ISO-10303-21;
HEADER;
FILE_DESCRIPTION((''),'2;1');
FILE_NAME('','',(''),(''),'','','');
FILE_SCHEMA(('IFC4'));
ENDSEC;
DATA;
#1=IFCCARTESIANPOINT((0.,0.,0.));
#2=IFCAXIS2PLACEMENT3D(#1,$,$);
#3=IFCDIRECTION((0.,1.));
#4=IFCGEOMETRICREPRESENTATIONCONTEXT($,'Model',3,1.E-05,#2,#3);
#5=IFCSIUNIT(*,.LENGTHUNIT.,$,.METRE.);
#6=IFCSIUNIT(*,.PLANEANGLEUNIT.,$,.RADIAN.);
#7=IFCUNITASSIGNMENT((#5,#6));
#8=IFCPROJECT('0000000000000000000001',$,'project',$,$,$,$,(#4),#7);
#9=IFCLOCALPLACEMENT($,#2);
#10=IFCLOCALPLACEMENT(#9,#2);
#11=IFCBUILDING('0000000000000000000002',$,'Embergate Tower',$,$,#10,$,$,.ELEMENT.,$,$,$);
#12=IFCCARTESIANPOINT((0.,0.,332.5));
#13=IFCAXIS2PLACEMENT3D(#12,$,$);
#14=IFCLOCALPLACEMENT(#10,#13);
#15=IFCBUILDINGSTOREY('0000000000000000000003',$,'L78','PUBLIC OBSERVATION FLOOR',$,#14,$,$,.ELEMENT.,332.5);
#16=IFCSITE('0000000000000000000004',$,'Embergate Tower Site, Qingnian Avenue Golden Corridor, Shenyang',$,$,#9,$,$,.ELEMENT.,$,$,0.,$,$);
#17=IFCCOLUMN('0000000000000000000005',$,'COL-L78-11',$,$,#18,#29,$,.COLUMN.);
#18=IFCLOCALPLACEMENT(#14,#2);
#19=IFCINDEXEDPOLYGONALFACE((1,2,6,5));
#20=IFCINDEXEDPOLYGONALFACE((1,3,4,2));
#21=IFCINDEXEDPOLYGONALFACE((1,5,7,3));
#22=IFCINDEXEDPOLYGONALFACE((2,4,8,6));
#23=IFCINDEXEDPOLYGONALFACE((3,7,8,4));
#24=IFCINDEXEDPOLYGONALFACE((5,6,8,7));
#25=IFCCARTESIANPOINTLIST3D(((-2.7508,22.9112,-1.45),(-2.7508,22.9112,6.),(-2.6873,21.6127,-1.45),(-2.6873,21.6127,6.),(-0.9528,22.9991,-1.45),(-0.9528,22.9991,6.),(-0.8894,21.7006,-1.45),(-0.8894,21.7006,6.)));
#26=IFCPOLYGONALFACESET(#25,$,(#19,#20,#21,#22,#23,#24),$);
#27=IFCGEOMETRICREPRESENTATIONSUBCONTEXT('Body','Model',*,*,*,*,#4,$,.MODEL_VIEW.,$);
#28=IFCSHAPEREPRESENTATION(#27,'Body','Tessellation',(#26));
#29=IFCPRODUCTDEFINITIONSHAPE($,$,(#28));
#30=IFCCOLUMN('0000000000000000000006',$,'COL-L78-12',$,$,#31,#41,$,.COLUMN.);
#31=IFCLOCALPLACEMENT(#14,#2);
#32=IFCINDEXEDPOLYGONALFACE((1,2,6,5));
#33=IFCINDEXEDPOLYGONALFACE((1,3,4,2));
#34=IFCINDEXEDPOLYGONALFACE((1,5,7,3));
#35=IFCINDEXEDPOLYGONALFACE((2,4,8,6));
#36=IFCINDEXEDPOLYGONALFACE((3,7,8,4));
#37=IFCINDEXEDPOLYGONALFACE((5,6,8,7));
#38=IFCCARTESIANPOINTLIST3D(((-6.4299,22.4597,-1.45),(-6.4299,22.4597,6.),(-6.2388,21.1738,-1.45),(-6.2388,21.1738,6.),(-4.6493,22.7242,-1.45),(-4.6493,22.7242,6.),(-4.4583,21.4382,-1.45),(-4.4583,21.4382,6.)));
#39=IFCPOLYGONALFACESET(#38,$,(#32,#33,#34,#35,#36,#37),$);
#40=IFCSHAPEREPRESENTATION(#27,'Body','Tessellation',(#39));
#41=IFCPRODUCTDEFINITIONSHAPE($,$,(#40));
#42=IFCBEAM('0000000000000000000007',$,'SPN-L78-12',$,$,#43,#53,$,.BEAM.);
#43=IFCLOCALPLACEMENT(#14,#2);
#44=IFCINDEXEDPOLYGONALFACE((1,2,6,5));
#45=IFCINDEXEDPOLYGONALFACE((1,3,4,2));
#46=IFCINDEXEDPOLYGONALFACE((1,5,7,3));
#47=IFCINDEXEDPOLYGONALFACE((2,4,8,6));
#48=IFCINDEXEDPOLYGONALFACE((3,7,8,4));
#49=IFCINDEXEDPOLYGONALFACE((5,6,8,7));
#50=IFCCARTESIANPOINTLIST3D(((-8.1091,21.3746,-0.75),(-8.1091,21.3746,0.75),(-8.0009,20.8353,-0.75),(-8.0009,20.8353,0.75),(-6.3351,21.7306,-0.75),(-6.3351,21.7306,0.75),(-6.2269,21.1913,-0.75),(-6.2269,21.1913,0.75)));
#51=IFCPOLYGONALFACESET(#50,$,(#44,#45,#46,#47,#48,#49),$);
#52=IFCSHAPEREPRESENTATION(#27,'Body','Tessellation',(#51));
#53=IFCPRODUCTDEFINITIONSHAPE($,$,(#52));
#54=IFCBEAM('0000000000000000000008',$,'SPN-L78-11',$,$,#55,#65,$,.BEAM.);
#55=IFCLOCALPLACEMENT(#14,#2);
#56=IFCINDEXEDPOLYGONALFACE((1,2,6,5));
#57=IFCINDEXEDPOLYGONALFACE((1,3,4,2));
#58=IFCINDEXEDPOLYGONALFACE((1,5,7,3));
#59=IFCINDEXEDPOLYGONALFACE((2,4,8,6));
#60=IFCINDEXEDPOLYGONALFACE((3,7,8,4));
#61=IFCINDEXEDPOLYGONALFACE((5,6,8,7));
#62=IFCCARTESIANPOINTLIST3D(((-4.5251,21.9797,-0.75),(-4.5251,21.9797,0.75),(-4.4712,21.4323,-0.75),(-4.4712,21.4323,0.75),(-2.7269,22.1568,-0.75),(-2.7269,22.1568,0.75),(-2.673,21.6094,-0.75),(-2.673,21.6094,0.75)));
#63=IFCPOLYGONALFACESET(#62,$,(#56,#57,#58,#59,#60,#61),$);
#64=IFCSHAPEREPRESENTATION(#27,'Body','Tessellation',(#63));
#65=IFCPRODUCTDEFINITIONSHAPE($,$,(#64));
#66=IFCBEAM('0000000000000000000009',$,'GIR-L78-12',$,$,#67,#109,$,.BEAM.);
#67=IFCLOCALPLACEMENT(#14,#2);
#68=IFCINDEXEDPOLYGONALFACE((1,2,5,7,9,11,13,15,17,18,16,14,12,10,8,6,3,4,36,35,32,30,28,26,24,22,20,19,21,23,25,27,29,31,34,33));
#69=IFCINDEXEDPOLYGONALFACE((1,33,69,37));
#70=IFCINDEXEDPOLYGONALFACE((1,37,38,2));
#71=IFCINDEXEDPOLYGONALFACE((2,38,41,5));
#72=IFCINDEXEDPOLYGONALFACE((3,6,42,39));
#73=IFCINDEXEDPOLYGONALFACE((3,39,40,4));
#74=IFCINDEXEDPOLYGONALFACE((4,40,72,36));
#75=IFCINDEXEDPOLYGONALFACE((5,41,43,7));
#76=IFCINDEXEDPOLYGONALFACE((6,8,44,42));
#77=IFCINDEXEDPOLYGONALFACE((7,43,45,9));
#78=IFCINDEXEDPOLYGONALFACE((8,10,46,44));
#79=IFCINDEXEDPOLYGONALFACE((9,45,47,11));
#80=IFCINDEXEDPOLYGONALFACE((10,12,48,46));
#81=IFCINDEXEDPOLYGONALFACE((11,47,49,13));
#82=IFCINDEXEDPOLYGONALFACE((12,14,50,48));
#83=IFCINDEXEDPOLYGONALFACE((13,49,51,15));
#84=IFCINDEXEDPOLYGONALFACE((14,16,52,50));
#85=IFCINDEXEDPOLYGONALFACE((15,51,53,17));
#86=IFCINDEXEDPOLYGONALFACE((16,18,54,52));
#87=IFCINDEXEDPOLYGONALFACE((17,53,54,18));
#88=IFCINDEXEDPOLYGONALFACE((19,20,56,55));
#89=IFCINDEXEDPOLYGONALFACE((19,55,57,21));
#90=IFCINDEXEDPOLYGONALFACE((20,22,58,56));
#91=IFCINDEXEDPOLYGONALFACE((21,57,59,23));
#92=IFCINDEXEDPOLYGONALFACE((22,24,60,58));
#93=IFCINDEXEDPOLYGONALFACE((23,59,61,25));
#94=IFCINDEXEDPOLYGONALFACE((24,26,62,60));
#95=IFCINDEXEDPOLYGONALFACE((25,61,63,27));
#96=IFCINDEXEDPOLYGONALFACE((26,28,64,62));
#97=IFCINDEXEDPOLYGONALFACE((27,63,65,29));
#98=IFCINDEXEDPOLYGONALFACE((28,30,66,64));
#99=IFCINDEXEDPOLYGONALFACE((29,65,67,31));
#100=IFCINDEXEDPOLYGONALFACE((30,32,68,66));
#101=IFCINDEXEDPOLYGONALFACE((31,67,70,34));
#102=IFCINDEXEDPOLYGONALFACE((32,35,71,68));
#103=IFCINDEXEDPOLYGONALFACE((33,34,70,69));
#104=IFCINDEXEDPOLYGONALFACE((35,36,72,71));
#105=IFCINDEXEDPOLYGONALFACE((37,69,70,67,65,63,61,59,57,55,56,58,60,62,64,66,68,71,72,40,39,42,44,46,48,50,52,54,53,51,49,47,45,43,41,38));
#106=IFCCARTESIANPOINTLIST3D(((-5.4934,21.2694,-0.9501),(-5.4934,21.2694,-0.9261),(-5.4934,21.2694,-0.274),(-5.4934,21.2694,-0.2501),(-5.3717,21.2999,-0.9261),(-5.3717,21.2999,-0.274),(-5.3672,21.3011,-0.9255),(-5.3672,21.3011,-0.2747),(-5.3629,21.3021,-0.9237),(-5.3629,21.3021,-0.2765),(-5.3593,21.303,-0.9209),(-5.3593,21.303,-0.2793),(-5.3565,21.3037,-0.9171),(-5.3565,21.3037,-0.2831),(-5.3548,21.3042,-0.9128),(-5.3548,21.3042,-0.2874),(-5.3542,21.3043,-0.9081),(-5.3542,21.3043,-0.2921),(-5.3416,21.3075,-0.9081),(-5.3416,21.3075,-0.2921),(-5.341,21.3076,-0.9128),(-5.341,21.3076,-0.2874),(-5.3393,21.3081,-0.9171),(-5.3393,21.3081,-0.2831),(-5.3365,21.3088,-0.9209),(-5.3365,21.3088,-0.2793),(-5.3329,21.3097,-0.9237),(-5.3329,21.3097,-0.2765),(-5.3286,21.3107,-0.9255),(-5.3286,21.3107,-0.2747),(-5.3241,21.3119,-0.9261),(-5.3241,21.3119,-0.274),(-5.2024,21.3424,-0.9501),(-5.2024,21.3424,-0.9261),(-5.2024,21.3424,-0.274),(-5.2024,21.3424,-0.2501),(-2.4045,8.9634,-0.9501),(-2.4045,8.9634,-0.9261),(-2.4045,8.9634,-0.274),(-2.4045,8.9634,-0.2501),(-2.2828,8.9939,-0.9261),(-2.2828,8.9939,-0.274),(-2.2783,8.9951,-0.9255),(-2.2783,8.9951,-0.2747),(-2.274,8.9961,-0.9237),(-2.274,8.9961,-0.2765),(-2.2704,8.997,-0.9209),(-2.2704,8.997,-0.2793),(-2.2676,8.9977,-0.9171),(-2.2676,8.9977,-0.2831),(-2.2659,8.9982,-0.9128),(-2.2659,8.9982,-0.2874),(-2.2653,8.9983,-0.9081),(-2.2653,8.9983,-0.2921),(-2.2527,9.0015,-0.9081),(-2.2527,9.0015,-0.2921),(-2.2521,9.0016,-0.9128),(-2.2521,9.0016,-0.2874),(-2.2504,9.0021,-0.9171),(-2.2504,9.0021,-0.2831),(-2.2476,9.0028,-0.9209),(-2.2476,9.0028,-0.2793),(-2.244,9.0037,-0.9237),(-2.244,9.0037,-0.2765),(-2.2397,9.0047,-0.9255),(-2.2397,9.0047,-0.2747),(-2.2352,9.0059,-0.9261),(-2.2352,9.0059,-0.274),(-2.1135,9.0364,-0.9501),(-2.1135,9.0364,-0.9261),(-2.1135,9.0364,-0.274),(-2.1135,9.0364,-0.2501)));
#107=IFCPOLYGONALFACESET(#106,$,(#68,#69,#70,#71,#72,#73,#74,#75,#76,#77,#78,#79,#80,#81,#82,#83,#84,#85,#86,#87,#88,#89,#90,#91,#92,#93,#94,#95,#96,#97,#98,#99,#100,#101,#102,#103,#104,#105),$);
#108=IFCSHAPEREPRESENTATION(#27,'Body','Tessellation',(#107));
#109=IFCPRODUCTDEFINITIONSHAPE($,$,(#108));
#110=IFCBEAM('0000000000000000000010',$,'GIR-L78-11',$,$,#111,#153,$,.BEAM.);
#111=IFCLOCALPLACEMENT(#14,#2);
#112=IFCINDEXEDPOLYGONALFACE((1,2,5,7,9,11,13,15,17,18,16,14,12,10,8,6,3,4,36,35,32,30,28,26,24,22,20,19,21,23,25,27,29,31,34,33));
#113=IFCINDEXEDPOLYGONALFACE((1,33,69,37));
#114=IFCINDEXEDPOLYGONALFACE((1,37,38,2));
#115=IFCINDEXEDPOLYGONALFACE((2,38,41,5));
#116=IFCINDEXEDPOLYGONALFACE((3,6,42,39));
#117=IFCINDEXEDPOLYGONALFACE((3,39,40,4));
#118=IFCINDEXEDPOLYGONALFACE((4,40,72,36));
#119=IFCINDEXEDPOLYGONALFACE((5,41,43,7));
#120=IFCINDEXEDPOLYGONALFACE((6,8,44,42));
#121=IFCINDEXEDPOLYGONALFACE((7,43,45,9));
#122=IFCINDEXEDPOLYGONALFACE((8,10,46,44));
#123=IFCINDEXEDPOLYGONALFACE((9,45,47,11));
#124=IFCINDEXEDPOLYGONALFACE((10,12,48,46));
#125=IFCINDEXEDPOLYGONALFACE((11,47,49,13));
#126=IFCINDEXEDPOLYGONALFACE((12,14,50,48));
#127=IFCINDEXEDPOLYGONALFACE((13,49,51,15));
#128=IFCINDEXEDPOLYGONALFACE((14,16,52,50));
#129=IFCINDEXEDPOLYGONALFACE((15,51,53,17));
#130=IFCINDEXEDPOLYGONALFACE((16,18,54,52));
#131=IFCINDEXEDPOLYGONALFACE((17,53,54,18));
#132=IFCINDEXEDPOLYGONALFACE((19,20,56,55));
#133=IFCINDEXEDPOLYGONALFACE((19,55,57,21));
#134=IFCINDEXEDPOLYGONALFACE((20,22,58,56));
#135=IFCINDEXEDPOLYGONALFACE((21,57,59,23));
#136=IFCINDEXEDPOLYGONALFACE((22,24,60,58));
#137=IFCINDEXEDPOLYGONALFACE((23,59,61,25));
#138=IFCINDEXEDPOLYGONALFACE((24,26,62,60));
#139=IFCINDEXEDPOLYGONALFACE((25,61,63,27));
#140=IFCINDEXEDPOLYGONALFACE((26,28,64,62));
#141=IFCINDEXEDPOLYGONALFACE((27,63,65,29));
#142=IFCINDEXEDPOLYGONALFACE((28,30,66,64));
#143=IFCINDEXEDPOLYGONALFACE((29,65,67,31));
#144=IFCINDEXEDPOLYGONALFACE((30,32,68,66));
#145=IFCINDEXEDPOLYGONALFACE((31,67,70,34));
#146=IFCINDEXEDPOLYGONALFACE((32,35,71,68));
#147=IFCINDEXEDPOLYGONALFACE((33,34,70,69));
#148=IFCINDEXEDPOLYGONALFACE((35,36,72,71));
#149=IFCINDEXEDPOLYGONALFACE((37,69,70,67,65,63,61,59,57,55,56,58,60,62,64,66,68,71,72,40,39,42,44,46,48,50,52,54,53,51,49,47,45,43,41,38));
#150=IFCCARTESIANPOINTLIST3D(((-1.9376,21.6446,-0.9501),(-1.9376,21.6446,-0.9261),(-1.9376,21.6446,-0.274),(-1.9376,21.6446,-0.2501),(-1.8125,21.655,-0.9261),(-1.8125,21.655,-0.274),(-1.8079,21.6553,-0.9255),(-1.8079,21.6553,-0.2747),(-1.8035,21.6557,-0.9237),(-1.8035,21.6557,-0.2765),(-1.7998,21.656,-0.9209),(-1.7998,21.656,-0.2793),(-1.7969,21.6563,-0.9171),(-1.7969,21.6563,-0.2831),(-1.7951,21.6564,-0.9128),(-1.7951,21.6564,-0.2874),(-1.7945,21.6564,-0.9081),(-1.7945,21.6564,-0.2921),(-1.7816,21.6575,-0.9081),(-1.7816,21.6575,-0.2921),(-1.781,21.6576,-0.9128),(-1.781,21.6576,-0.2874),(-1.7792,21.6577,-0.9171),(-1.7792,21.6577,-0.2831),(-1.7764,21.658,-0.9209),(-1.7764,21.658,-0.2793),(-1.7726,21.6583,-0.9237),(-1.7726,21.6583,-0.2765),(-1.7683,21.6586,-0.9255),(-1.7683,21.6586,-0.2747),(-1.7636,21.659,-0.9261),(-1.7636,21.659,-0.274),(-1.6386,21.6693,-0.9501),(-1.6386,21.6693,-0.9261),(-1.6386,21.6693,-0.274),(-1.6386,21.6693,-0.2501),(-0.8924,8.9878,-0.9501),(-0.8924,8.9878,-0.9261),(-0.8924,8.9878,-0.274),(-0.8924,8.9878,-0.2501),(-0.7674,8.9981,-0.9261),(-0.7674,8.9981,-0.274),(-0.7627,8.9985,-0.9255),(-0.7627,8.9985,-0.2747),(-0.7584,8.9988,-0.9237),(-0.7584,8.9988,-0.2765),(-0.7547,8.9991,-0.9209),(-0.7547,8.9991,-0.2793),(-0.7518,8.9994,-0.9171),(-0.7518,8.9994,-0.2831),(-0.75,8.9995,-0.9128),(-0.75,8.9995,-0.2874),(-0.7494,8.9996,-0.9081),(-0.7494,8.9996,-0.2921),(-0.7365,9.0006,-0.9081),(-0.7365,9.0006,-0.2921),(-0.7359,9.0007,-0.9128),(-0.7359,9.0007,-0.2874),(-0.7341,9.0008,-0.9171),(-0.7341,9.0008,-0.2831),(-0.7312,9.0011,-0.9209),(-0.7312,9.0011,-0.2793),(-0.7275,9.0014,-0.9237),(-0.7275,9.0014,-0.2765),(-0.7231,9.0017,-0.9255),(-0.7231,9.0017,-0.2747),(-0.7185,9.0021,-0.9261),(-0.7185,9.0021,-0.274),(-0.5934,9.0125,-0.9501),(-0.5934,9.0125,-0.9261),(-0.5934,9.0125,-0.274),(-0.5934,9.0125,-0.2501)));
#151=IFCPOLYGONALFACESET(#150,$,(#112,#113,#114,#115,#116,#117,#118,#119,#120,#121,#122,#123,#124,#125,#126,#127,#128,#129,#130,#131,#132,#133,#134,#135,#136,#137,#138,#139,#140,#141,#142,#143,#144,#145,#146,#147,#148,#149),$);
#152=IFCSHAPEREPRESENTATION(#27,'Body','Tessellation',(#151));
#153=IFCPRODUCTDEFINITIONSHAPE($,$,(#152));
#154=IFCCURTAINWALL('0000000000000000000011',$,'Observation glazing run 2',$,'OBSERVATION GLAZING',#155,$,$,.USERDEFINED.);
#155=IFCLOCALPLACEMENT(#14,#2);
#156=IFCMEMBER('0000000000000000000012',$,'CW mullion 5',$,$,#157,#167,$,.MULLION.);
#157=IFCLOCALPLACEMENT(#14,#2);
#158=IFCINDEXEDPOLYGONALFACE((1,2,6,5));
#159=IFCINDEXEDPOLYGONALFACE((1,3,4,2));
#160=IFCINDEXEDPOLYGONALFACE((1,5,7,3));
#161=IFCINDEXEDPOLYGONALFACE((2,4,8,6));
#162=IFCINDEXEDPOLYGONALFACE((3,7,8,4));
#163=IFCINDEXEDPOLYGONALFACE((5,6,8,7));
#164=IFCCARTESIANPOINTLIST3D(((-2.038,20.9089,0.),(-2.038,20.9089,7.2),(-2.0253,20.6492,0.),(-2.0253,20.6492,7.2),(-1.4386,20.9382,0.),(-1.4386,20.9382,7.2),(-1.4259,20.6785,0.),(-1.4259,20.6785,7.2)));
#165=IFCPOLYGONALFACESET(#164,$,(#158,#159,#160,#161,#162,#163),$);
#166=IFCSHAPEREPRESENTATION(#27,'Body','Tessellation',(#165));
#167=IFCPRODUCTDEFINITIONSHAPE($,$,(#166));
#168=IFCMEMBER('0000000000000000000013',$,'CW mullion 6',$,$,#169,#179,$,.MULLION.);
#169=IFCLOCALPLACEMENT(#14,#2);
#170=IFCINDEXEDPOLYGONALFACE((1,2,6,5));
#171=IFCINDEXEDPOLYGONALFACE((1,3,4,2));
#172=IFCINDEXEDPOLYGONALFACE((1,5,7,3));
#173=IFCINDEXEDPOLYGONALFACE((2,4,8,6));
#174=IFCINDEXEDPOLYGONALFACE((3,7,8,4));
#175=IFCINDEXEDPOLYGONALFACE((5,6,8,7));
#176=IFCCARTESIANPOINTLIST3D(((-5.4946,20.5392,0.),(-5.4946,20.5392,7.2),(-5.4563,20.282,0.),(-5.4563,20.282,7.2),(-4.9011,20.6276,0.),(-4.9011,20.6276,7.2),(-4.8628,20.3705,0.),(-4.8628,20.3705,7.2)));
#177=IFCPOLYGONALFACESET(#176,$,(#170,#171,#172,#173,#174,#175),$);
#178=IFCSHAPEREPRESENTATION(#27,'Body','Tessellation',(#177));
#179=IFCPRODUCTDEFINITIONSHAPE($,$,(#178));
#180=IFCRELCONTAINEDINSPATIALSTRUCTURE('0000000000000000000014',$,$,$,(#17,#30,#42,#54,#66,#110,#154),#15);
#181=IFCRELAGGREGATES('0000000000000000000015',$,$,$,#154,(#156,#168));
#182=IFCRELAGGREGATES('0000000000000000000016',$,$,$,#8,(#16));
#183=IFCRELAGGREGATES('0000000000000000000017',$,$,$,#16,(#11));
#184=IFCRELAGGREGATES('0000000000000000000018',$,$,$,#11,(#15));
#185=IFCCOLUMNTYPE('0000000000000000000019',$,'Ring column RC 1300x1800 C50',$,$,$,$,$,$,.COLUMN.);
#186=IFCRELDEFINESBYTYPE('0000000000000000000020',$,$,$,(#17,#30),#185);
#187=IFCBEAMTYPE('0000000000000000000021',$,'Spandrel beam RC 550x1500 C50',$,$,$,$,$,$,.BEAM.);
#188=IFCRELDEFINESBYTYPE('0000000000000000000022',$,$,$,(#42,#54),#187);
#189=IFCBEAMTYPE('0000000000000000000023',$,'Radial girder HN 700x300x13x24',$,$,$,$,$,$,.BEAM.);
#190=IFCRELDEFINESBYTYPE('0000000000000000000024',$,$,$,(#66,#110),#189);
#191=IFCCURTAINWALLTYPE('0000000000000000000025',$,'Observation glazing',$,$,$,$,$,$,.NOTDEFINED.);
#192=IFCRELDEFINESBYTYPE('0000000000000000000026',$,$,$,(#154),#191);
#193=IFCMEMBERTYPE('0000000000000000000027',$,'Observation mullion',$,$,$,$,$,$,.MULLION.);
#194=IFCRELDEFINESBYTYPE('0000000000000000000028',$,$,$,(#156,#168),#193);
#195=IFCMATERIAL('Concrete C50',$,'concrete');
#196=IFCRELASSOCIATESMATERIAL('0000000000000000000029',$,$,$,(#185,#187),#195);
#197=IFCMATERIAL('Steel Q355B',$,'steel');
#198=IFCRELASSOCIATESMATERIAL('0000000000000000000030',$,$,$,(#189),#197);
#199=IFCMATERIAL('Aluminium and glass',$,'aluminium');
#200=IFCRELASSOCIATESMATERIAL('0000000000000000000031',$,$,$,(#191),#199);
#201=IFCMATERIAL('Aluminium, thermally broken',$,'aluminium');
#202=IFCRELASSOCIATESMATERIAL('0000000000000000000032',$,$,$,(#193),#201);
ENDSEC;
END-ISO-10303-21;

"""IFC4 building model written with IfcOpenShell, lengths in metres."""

from ifc_helpers import new_model, si_unit, direction, frame, origin, origin_2d, place, context, subcontext, project, spatial, rectangle, i_section, extrude, source, transform, mapped, material, material_profile, profile_set, type_object, element, aggregate, save


model = new_model("IFC4")

# Units and contexts
model_context = context("Model", 3, precision=1e-05, world=origin(), true_north=direction((0.0, 1.0)))
body_context = subcontext(model_context, "Body", "Model", "MODEL_VIEW")
ifc_project = project(units=[si_unit("LENGTHUNIT", "METRE"), si_unit("PLANEANGLEUNIT", "RADIAN")], contexts=[model_context])

# Site, building, storey
site_placement = place(None, origin())
site = spatial("IfcSite", under=ifc_project, at=site_placement, Name="Embergate Tower Site, Qingnian Avenue Golden Corridor, Shenyang", CompositionType="ELEMENT", RefElevation=0.0)
building_placement = place(site_placement, origin())
building = spatial("IfcBuilding", under=site, at=building_placement, Name="Embergate Tower", CompositionType="ELEMENT")
storey_placement = place(building_placement, frame((0.0, 0.0, 332.5)))
storey = spatial("IfcBuildingStorey", under=building, at=storey_placement, Name="L78", Description="PUBLIC OBSERVATION FLOOR", CompositionType="ELEMENT", Elevation=332.5)

# Columns
ifc_material_1 = material(Name="Concrete C50", Category="concrete")
ifc_material_profile_1 = material_profile(ifc_material_1, rectangle(XDim=1.3, YDim=1.8, at=origin_2d()), Name="RC 1300x1800")
ifc_profile_set_1 = profile_set([ifc_material_profile_1], Name="Concrete C50")
column_type = type_object("IfcColumnType", Name="Ring column RC 1300x1800 C50", PredefinedType="COLUMN", material=ifc_profile_set_1)
shared_shape_1 = source(origin(), body_context, "Body", "SweptSolid", [
    extrude(rectangle(XDim=1.3, YDim=1.8, at=origin_2d()), origin(), (0.0, 0.0, 1.0), 7.45),
])
for number, where, z_axis, x_axis, name in (
    (1, (-1.8201, 22.3059, -1.45), (0.0, 0.0, 1.0), (-0.048815, 0.998808, 0.0), "COL-L78-11"),
    (2, (-5.4441, 21.949, -1.45), (0.0, 0.0, 1.0), (-0.146929, 0.989147, 0.0), "COL-L78-12"),
):
    element("IfcColumn", number, at=place(storey_placement, frame(where, z_axis=z_axis, x_axis=x_axis)), inside=storey, type_object=column_type, Name=name, PredefinedType="COLUMN", context=body_context, shape_type="MappedRepresentation", body=[
        mapped(shared_shape_1, transform((0.0, 0.0, 0.0))),
    ])

# Beams
ifc_material_profile_2 = material_profile(ifc_material_1, rectangle(XDim=0.55, YDim=1.5, at=origin_2d()), Name="RC 550x1500")
ifc_profile_set_2 = profile_set([ifc_material_profile_2], Name="Concrete C50")
beam_type_1 = type_object("IfcBeamType", Name="Spandrel beam RC 550x1500 C50", PredefinedType="BEAM", material=ifc_profile_set_2)
shared_shape_2 = source(origin(), body_context, "Body", "SweptSolid", [
    extrude(rectangle(XDim=0.55, YDim=1.5, at=origin_2d()), origin(), (0.0, 0.0, 1.0), 1.8093),
])
beam_1_placement = place(storey_placement, frame((-6.281, 21.4609, 0.0), z_axis=(-0.980456, -0.196739, 0.0), x_axis=(0.196739, -0.980456, 0.0)))
element("IfcBeam", 3, at=beam_1_placement, inside=storey, type_object=beam_type_1, Name="SPN-L78-12", PredefinedType="BEAM", context=body_context, shape_type="MappedRepresentation", body=[
    mapped(shared_shape_2, transform((0.0, 0.0, 0.0))),
])
shared_shape_3 = source(origin(), body_context, "Body", "SweptSolid", [
    extrude(rectangle(XDim=0.55, YDim=1.5, at=origin_2d()), origin(), (0.0, 0.0, 1.0), 1.8069),
])
beam_2_placement = place(storey_placement, frame((-2.7, 21.8831, 0.0), z_axis=(-0.99519, -0.097965, 0.0), x_axis=(0.097965, -0.99519, 0.0)))
element("IfcBeam", 4, at=beam_2_placement, inside=storey, type_object=beam_type_1, Name="SPN-L78-11", PredefinedType="BEAM", context=body_context, shape_type="MappedRepresentation", body=[
    mapped(shared_shape_3, transform((0.0, 0.0, 0.0))),
])
ifc_material_2 = material(Name="Steel Q355B", Category="steel")
ifc_material_profile_3 = material_profile(ifc_material_2, i_section(OverallWidth=0.3, OverallDepth=0.7, WebThickness=0.0129, FlangeThickness=0.0239, FilletRadius=0.0181, at=origin_2d()), Name="HN 700x300x13x24")
ifc_profile_set_3 = profile_set([ifc_material_profile_3], Name="Steel Q355 grade B")
beam_type_2 = type_object("IfcBeamType", Name="Radial girder HN 700x300x13x24", PredefinedType="BEAM", material=ifc_profile_set_3)
shared_shape_4 = source(origin(), body_context, "Body", "SweptSolid", [
    extrude(i_section(OverallWidth=0.3, OverallDepth=0.7, WebThickness=0.0129, FlangeThickness=0.0239, FilletRadius=0.0181, at=origin_2d()), origin(), (0.0, 0.0, 1.0), 12.6877),
])
beam_3_placement = place(storey_placement, frame((-5.3479, 21.3059, -0.6001), z_axis=(0.243455, -0.969912, 0.0), x_axis=(0.969912, 0.243455, 0.0)))
element("IfcBeam", 5, at=beam_3_placement, inside=storey, type_object=beam_type_2, Name="GIR-L78-12", PredefinedType="BEAM", context=body_context, shape_type="MappedRepresentation", body=[
    mapped(shared_shape_4, transform((0.0, 0.0, 0.0))),
])
shared_shape_5 = source(origin(), body_context, "Body", "SweptSolid", [
    extrude(i_section(OverallWidth=0.3, OverallDepth=0.7, WebThickness=0.0129, FlangeThickness=0.0239, FilletRadius=0.0181, at=origin_2d()), origin(), (0.0, 0.0, 1.0), 12.7),
])
beam_4_placement = place(storey_placement, frame((-1.7881, 21.657, -0.6001), z_axis=(0.082296, -0.996608, 0.0), x_axis=(0.996608, 0.082296, 0.0)))
element("IfcBeam", 6, at=beam_4_placement, inside=storey, type_object=beam_type_2, Name="GIR-L78-11", PredefinedType="BEAM", context=body_context, shape_type="MappedRepresentation", body=[
    mapped(shared_shape_5, transform((0.0, 0.0, 0.0))),
])

# Curtain wall, members
ifc_material_3 = material(Name="Aluminium and glass", Category="aluminium")
curtain_wall_type = type_object("IfcCurtainWallType", Name="Observation glazing", PredefinedType="NOTDEFINED", material=ifc_material_3)
curtain_wall_placement = place(storey_placement, origin())
curtain_wall = element("IfcCurtainWall", 7, at=curtain_wall_placement, inside=storey, type_object=curtain_wall_type, Name="Observation glazing run 2", ObjectType="OBSERVATION GLAZING", PredefinedType="USERDEFINED")
ifc_material_4 = material(Name="Aluminium, thermally broken", Category="aluminium")
ifc_material_profile_4 = material_profile(ifc_material_4, rectangle(XDim=0.26, YDim=0.6001, at=origin_2d()), Name="AL 600x260")
ifc_profile_set_4 = profile_set([ifc_material_profile_4], Name="Aluminium, thermally broken")
member_type_1 = type_object("IfcMemberType", Name="Observation mullion", PredefinedType="MULLION", material=ifc_profile_set_4)
shared_shape_6 = source(origin(), body_context, "Body", "SweptSolid", [
    extrude(rectangle(XDim=0.26, YDim=0.6001, at=origin_2d()), origin(), (0.0, 0.0, 1.0), 7.2),
])
member_1_placement = place(storey_placement, frame((-1.7319, 20.7937, 0.0), z_axis=(0.0, 0.0, 1.0), x_axis=(0.04897, -0.9988, 0.0)))
member_1 = element("IfcMember", 8, at=member_1_placement, type_object=member_type_1, Name="CW mullion 5", PredefinedType="MULLION", context=body_context, shape_type="MappedRepresentation", body=[
    mapped(shared_shape_6, transform((0.0, 0.0, 0.0))),
])
member_2_placement = place(storey_placement, frame((-5.1787, 20.4548, 0.0), z_axis=(0.0, 0.0, 1.0), x_axis=(0.147407, -0.989076, 0.0)))
member_2 = element("IfcMember", 9, at=member_2_placement, type_object=member_type_1, Name="CW mullion 6", PredefinedType="MULLION", context=body_context, shape_type="MappedRepresentation", body=[
    mapped(shared_shape_6, transform((0.0, 0.0, 0.0))),
])
aggregate(curtain_wall, [member_1, member_2])

save(model, "model.ifc")
